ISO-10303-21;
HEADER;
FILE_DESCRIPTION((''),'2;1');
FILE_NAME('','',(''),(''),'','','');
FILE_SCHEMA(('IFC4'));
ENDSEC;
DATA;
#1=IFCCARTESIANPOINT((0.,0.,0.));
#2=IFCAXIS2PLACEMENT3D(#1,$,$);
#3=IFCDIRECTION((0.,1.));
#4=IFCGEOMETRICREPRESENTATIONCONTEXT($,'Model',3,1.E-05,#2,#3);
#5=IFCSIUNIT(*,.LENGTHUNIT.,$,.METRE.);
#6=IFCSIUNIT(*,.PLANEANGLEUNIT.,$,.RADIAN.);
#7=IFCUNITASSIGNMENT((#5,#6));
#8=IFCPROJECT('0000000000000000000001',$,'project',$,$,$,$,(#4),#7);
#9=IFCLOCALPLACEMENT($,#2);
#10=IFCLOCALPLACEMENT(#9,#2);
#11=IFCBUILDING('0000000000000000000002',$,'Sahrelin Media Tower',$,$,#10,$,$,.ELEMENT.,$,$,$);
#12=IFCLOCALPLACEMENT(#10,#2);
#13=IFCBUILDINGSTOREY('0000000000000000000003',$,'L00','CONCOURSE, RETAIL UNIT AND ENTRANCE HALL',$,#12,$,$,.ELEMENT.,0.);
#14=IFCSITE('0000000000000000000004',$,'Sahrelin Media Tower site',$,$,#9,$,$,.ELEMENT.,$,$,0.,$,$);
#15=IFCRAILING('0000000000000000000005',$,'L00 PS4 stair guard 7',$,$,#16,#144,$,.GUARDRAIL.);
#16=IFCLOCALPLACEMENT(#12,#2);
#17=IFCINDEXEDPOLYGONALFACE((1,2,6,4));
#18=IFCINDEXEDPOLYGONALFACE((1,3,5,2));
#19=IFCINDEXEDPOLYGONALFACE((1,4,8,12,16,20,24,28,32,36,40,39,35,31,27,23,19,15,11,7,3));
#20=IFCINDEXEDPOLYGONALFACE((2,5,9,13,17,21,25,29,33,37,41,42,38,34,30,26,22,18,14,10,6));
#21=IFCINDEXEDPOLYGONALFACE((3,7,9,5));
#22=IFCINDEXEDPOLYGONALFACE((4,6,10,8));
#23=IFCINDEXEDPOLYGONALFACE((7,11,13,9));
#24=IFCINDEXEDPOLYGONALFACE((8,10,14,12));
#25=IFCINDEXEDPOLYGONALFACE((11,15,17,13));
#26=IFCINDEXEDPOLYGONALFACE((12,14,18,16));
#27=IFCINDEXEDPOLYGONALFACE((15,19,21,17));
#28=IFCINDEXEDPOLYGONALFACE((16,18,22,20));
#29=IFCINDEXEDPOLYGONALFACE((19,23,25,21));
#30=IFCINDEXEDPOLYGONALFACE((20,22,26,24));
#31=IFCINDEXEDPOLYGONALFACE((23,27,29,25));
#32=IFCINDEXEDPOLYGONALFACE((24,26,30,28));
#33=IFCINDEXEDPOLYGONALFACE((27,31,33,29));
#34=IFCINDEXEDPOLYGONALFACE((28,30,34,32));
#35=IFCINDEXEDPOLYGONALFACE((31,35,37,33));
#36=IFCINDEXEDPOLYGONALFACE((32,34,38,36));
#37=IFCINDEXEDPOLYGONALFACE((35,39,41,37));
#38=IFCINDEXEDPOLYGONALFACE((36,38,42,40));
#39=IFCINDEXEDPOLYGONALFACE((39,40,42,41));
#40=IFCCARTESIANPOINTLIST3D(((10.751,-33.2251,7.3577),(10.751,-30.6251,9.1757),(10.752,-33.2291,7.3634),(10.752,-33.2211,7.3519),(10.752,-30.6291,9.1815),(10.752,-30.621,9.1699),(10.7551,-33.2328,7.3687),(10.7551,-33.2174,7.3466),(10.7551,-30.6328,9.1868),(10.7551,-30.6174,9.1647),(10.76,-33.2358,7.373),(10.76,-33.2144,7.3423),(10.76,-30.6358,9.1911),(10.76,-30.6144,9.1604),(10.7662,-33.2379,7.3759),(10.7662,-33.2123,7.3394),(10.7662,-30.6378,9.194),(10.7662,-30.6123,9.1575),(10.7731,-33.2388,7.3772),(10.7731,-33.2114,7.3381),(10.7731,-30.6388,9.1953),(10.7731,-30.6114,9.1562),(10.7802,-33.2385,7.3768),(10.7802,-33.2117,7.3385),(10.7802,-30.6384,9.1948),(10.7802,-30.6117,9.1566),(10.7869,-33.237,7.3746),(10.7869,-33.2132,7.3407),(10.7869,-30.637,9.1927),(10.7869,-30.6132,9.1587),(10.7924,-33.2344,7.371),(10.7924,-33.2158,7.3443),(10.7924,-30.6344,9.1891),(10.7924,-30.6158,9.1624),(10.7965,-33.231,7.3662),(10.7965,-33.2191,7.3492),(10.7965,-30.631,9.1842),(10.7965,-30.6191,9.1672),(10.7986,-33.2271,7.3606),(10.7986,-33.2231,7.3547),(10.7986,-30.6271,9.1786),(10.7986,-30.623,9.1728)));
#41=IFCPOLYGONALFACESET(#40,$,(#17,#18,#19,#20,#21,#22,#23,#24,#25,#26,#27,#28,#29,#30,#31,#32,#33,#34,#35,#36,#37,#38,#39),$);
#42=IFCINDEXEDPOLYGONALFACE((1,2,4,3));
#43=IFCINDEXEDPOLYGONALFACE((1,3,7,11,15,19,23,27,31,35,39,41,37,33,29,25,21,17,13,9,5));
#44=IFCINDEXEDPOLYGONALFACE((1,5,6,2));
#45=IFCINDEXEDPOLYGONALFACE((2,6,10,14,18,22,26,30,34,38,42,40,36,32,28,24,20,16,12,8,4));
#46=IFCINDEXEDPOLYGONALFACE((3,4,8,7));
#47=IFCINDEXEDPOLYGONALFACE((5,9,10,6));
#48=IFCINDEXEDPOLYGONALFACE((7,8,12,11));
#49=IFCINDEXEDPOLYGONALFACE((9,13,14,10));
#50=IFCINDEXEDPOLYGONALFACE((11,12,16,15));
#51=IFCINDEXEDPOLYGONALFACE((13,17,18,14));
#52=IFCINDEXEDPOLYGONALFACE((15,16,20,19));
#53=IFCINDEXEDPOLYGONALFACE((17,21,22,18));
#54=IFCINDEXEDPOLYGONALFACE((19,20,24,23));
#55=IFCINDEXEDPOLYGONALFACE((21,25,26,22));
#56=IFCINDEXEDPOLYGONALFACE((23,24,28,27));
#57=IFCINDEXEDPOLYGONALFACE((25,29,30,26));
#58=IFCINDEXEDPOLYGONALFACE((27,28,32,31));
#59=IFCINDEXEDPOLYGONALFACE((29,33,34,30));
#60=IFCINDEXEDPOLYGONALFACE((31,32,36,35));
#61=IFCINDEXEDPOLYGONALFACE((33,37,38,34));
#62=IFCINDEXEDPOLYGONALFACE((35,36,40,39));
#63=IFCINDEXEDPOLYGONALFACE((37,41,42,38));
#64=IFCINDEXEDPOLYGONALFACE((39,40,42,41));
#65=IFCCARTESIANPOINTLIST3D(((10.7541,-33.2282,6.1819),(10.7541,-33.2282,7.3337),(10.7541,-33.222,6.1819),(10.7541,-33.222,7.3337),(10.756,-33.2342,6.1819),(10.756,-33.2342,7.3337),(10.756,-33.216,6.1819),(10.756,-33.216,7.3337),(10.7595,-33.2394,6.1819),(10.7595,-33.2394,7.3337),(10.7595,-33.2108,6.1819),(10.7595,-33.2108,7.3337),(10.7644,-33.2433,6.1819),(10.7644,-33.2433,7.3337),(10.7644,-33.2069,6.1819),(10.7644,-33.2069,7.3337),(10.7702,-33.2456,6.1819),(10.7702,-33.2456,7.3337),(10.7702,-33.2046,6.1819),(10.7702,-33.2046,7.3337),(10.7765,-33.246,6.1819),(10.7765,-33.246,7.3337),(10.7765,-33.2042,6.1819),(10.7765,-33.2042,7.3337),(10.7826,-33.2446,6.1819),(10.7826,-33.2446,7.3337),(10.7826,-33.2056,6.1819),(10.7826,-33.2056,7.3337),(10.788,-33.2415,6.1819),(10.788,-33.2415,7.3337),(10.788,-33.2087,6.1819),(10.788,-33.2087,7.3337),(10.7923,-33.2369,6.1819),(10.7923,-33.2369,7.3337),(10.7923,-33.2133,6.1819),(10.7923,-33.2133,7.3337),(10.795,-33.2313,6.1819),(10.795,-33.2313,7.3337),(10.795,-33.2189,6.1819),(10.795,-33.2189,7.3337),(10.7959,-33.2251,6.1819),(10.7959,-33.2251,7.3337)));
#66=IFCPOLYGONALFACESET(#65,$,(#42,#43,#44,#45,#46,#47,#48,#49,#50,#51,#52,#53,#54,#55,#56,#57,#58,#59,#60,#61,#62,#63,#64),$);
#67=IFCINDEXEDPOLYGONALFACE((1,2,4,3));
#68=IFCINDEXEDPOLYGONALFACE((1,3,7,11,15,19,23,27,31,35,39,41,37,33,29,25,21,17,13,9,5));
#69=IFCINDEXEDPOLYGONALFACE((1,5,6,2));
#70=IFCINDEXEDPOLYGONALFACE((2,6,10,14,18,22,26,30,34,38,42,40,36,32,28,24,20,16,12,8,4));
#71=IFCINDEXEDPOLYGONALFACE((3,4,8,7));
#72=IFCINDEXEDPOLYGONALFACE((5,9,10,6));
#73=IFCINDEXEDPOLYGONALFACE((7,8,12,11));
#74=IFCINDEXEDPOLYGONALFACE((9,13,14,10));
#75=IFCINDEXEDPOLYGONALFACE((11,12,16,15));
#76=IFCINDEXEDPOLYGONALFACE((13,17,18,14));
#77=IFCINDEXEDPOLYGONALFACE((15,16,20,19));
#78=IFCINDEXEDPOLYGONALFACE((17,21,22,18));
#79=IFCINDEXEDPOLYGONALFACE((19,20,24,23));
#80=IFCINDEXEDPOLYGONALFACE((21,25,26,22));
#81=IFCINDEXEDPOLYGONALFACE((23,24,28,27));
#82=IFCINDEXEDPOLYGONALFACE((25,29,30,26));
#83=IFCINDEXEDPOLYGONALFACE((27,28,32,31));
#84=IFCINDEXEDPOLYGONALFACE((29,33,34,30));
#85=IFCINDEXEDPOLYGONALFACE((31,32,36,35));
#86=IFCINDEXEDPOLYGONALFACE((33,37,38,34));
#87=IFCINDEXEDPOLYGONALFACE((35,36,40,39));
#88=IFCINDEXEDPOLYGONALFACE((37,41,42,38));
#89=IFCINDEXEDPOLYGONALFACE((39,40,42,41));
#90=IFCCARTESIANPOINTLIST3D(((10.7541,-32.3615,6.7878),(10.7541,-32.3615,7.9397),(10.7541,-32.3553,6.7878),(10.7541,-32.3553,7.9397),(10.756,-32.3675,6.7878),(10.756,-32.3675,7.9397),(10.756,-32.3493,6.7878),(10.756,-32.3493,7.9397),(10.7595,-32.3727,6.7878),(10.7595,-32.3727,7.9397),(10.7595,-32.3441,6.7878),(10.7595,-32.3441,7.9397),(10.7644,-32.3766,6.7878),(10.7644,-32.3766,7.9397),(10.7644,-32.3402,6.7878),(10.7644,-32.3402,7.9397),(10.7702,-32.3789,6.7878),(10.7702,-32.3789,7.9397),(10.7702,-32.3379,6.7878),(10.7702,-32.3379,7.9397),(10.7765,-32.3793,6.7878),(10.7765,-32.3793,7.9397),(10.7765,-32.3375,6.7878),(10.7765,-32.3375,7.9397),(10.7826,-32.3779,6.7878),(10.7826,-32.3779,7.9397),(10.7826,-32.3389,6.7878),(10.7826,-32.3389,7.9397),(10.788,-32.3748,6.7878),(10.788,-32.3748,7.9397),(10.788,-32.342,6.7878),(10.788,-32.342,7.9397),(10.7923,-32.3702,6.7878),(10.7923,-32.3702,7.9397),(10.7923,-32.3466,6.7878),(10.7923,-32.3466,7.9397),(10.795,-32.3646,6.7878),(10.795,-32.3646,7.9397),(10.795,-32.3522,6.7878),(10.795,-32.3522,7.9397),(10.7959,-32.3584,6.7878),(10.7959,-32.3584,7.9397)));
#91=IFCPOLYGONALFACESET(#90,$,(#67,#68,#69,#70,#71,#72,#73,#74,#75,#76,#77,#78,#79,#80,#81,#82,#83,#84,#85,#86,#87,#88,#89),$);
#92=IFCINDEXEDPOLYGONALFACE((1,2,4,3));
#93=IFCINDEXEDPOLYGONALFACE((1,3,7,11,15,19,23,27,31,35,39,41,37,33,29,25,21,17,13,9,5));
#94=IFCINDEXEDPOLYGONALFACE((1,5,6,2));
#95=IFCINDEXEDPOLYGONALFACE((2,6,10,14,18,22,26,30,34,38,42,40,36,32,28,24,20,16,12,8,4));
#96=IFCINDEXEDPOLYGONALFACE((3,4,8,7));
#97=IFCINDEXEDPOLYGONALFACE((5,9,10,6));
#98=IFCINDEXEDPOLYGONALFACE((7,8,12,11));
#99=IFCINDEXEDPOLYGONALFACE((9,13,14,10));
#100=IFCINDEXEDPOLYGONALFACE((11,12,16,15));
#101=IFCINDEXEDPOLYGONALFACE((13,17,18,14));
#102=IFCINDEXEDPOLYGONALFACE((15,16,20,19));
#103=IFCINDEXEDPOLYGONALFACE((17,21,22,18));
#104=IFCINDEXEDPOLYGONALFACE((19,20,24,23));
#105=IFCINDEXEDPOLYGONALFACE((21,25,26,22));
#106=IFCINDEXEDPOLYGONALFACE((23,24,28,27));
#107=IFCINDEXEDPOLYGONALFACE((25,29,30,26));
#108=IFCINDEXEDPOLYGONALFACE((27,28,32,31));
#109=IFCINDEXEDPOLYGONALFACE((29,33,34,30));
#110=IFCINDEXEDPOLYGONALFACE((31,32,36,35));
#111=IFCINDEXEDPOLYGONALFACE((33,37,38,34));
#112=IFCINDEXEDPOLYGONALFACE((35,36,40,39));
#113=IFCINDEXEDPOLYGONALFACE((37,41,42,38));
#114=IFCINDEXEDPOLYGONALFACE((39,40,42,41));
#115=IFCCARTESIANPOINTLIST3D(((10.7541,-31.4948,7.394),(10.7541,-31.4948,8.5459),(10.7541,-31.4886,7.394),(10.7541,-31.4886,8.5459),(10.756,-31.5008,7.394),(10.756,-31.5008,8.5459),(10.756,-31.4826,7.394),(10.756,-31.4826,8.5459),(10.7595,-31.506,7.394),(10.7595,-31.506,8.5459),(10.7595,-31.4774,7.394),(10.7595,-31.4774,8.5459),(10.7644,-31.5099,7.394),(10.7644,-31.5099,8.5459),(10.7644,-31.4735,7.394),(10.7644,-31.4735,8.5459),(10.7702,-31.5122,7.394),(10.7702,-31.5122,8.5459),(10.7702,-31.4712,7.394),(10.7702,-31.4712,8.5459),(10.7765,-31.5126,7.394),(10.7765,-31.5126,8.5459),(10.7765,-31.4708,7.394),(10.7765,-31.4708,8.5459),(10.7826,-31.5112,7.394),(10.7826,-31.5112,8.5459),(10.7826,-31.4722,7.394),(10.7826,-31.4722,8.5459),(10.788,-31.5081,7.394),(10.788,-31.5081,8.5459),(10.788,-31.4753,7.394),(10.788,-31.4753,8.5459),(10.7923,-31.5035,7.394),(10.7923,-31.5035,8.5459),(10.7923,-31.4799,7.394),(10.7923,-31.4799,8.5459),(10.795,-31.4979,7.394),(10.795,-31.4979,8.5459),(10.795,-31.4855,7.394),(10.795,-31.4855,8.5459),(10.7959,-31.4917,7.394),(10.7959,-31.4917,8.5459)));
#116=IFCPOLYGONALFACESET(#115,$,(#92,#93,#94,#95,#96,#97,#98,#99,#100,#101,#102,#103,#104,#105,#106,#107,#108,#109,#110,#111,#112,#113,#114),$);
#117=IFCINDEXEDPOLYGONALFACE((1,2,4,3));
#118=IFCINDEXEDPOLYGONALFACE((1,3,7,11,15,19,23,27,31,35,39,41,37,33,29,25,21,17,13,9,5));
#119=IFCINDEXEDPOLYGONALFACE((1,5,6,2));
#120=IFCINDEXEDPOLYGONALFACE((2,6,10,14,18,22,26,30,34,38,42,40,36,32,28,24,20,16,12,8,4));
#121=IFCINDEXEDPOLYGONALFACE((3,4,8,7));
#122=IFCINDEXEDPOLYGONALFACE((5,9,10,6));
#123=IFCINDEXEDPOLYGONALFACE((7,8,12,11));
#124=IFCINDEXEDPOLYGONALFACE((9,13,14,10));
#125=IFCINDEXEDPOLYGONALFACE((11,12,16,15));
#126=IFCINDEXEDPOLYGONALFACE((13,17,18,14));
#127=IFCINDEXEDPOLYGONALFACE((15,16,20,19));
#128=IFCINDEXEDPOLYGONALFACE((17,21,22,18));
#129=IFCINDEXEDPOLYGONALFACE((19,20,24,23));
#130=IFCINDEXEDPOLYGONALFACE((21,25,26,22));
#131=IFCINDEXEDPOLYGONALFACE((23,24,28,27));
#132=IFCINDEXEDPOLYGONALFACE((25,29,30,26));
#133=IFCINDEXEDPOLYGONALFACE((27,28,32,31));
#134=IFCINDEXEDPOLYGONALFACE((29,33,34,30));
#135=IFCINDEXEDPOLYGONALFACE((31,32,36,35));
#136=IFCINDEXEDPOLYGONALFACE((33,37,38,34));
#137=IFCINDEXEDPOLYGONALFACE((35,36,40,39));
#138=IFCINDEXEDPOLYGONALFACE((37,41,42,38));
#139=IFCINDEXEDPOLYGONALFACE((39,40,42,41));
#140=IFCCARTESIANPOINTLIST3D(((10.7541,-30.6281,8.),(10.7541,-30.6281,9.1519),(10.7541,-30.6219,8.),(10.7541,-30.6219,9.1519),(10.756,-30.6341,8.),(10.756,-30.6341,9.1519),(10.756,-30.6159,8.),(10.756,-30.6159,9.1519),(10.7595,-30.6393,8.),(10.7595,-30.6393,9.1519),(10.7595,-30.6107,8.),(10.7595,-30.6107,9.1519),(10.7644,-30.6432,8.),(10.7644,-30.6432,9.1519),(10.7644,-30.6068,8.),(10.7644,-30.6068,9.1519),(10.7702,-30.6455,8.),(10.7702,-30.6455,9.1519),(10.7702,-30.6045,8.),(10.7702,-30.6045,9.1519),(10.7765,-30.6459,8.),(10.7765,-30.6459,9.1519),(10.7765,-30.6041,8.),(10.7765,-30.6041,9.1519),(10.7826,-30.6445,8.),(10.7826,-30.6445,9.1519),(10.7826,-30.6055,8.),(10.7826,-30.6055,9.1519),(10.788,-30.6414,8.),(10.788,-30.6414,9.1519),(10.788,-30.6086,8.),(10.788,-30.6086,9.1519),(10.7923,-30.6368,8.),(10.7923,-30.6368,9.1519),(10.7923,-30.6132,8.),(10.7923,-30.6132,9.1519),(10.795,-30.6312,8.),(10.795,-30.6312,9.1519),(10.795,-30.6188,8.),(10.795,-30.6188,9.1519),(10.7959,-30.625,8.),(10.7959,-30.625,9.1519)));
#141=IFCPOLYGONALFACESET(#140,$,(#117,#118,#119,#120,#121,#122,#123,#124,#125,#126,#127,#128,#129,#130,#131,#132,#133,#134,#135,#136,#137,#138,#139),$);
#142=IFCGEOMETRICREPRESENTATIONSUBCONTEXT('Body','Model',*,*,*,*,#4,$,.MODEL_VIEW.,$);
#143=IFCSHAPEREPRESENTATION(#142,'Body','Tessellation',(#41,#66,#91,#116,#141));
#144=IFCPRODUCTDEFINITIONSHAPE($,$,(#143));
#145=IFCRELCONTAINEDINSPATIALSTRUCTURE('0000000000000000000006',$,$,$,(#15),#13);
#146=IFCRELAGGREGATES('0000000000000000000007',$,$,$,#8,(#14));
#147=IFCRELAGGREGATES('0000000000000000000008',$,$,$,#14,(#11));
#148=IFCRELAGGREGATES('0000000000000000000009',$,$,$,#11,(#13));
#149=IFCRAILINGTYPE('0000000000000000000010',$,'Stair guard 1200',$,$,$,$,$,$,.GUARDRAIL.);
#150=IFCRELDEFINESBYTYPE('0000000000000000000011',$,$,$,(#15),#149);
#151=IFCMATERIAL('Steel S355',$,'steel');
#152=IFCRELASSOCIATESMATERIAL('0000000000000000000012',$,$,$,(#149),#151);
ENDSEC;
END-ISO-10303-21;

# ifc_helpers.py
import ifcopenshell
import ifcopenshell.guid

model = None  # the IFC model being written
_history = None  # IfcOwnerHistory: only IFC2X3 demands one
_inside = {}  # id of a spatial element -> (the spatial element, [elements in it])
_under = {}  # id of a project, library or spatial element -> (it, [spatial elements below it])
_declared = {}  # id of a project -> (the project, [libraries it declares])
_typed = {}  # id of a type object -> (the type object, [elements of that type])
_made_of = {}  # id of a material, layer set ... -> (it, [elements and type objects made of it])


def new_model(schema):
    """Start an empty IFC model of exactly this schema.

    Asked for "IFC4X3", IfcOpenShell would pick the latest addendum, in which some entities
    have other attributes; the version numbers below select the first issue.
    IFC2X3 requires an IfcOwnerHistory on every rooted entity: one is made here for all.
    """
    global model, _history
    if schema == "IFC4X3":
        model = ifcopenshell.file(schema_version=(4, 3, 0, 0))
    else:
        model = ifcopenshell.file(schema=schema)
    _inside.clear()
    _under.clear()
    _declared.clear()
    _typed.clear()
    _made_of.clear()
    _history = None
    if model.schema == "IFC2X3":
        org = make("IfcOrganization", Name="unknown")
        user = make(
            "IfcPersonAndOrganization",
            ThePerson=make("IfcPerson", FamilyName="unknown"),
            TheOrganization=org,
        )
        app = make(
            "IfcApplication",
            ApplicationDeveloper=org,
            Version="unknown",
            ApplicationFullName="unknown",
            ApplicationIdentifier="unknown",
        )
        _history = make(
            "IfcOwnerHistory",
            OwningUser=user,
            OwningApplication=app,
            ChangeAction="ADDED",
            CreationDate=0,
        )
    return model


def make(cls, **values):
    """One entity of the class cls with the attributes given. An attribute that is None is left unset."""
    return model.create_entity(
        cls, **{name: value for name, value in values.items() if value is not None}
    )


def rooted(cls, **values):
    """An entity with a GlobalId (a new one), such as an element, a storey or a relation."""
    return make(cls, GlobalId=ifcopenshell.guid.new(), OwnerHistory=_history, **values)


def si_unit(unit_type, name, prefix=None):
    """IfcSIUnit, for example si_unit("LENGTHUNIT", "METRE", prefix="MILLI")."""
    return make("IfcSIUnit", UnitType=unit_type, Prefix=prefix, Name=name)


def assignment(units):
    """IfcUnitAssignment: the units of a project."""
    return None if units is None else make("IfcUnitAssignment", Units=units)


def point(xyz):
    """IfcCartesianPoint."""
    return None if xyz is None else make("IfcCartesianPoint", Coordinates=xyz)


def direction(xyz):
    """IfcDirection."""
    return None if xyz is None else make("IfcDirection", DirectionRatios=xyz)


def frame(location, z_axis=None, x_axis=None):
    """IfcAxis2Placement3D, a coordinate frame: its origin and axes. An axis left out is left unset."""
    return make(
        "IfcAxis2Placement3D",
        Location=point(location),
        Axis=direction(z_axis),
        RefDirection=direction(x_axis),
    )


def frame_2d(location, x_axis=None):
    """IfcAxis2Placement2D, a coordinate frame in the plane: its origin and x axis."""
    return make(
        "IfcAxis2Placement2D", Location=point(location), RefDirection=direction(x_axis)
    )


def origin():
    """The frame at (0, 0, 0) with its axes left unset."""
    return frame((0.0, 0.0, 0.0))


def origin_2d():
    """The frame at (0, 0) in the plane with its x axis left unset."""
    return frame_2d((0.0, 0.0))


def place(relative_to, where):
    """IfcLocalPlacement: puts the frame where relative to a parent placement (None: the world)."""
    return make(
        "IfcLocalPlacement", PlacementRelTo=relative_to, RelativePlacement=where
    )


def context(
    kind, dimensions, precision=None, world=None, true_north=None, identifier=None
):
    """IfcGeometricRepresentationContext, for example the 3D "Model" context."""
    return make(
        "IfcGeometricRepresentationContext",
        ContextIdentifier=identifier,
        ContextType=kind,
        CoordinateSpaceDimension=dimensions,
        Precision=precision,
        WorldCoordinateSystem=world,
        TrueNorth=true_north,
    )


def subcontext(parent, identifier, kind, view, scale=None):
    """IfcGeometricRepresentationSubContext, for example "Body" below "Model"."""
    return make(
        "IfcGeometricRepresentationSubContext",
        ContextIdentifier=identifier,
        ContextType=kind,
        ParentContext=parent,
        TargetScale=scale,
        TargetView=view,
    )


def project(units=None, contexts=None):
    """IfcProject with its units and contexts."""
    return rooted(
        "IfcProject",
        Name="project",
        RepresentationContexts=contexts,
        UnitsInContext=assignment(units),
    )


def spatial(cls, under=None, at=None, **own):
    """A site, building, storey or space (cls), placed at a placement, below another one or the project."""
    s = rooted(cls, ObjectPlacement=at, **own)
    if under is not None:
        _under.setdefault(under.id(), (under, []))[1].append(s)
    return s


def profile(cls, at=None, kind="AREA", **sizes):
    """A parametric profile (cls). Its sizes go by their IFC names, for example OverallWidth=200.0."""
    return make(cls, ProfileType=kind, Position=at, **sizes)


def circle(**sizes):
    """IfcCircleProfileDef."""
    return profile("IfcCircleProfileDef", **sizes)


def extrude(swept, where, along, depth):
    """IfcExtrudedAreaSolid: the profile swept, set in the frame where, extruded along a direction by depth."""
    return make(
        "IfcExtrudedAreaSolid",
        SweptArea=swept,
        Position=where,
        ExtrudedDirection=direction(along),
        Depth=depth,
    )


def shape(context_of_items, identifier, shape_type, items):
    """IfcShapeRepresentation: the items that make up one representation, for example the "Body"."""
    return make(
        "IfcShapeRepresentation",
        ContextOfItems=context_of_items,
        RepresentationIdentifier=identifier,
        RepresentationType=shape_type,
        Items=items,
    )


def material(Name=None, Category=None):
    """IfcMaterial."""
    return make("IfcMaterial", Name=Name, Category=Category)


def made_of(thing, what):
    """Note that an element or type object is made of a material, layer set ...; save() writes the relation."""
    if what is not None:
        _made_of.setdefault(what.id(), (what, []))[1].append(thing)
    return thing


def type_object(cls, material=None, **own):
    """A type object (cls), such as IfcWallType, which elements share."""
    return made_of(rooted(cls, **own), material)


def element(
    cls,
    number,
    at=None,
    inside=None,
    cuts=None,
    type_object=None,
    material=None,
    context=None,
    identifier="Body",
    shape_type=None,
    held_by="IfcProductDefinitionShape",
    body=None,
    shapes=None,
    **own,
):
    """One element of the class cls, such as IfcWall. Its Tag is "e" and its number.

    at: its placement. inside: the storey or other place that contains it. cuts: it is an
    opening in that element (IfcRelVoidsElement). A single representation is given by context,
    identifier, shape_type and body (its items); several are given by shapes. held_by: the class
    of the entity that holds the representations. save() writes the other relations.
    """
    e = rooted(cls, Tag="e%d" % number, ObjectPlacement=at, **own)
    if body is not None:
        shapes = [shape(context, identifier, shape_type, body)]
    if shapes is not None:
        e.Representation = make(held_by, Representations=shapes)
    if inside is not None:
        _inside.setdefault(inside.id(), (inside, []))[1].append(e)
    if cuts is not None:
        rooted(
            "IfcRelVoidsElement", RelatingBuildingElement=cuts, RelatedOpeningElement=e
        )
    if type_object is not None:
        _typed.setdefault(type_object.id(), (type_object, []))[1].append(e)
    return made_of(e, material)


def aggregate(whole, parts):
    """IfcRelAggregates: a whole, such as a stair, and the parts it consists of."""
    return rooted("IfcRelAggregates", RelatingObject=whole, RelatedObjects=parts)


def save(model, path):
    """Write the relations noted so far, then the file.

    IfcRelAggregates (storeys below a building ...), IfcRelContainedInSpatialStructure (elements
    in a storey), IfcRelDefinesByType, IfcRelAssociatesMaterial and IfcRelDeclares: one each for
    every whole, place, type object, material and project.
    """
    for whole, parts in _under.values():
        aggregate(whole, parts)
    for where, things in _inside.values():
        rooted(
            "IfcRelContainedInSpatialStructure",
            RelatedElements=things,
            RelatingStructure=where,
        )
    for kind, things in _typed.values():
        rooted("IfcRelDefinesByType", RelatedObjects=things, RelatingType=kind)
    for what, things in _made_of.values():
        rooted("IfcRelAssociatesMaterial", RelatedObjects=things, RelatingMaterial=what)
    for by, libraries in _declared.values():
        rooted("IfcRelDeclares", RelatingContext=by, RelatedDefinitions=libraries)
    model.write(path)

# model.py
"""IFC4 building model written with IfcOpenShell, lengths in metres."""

from ifc_helpers import new_model, si_unit, direction, frame, origin, origin_2d, place, context, subcontext, project, spatial, circle, extrude, material, type_object, element, save


model = new_model("IFC4")

# Units and contexts
model_context = context("Model", 3, precision=1e-05, world=origin(), true_north=direction((0.0, 1.0)))
body_context = subcontext(model_context, "Body", "Model", "MODEL_VIEW")
ifc_project = project(units=[si_unit("LENGTHUNIT", "METRE"), si_unit("PLANEANGLEUNIT", "RADIAN")], contexts=[model_context])

# Site, building, storey
site_placement = place(None, origin())
site = spatial("IfcSite", under=ifc_project, at=site_placement, Name="Sahrelin Media Tower site", CompositionType="ELEMENT", RefElevation=0.0)
building_placement = place(site_placement, origin())
building = spatial("IfcBuilding", under=site, at=building_placement, Name="Sahrelin Media Tower", CompositionType="ELEMENT")
storey_placement = place(building_placement, origin())
storey = spatial("IfcBuildingStorey", under=building, at=storey_placement, Name="L00", Description="CONCOURSE, RETAIL UNIT AND ENTRANCE HALL", CompositionType="ELEMENT", Elevation=0.0)

# Shared definitions
ifc_material_1 = material(Name="Steel S355", Category="steel")

# Railing
railing_type_1 = type_object("IfcRailingType", Name="Stair guard 1200", PredefinedType="GUARDRAIL", material=ifc_material_1)
railing_1_placement = place(storey_placement, frame((10.7749, -33.2251, 6.1819)))
element("IfcRailing", 1, at=railing_1_placement, inside=storey, type_object=railing_type_1, Name="L00 PS4 stair guard 7", PredefinedType="GUARDRAIL", context=body_context, shape_type="SweptSolid", body=[
    extrude(circle(Radius=0.0239, at=origin_2d()), frame((0.0, 0.0, 1.1758), z_axis=(0.0, 0.819521, 0.573049), x_axis=(-1.0, 0.0, 0.0)), (0.0, 0.0, 1.0), 3.1726),
    extrude(circle(Radius=0.021, at=origin_2d()), origin(), (0.0, 0.0, 1.0), 1.1519),
    extrude(circle(Radius=0.021, at=origin_2d()), frame((0.0, 0.8667, 0.606)), (0.0, 0.0, 1.0), 1.1519),
    extrude(circle(Radius=0.021, at=origin_2d()), frame((0.0, 1.7334, 1.2122)), (0.0, 0.0, 1.0), 1.1519),
    extrude(circle(Radius=0.021, at=origin_2d()), frame((0.0, 2.6001, 1.8181)), (0.0, 0.0, 1.0), 1.1519),
])

save(model, "model.ifc")
